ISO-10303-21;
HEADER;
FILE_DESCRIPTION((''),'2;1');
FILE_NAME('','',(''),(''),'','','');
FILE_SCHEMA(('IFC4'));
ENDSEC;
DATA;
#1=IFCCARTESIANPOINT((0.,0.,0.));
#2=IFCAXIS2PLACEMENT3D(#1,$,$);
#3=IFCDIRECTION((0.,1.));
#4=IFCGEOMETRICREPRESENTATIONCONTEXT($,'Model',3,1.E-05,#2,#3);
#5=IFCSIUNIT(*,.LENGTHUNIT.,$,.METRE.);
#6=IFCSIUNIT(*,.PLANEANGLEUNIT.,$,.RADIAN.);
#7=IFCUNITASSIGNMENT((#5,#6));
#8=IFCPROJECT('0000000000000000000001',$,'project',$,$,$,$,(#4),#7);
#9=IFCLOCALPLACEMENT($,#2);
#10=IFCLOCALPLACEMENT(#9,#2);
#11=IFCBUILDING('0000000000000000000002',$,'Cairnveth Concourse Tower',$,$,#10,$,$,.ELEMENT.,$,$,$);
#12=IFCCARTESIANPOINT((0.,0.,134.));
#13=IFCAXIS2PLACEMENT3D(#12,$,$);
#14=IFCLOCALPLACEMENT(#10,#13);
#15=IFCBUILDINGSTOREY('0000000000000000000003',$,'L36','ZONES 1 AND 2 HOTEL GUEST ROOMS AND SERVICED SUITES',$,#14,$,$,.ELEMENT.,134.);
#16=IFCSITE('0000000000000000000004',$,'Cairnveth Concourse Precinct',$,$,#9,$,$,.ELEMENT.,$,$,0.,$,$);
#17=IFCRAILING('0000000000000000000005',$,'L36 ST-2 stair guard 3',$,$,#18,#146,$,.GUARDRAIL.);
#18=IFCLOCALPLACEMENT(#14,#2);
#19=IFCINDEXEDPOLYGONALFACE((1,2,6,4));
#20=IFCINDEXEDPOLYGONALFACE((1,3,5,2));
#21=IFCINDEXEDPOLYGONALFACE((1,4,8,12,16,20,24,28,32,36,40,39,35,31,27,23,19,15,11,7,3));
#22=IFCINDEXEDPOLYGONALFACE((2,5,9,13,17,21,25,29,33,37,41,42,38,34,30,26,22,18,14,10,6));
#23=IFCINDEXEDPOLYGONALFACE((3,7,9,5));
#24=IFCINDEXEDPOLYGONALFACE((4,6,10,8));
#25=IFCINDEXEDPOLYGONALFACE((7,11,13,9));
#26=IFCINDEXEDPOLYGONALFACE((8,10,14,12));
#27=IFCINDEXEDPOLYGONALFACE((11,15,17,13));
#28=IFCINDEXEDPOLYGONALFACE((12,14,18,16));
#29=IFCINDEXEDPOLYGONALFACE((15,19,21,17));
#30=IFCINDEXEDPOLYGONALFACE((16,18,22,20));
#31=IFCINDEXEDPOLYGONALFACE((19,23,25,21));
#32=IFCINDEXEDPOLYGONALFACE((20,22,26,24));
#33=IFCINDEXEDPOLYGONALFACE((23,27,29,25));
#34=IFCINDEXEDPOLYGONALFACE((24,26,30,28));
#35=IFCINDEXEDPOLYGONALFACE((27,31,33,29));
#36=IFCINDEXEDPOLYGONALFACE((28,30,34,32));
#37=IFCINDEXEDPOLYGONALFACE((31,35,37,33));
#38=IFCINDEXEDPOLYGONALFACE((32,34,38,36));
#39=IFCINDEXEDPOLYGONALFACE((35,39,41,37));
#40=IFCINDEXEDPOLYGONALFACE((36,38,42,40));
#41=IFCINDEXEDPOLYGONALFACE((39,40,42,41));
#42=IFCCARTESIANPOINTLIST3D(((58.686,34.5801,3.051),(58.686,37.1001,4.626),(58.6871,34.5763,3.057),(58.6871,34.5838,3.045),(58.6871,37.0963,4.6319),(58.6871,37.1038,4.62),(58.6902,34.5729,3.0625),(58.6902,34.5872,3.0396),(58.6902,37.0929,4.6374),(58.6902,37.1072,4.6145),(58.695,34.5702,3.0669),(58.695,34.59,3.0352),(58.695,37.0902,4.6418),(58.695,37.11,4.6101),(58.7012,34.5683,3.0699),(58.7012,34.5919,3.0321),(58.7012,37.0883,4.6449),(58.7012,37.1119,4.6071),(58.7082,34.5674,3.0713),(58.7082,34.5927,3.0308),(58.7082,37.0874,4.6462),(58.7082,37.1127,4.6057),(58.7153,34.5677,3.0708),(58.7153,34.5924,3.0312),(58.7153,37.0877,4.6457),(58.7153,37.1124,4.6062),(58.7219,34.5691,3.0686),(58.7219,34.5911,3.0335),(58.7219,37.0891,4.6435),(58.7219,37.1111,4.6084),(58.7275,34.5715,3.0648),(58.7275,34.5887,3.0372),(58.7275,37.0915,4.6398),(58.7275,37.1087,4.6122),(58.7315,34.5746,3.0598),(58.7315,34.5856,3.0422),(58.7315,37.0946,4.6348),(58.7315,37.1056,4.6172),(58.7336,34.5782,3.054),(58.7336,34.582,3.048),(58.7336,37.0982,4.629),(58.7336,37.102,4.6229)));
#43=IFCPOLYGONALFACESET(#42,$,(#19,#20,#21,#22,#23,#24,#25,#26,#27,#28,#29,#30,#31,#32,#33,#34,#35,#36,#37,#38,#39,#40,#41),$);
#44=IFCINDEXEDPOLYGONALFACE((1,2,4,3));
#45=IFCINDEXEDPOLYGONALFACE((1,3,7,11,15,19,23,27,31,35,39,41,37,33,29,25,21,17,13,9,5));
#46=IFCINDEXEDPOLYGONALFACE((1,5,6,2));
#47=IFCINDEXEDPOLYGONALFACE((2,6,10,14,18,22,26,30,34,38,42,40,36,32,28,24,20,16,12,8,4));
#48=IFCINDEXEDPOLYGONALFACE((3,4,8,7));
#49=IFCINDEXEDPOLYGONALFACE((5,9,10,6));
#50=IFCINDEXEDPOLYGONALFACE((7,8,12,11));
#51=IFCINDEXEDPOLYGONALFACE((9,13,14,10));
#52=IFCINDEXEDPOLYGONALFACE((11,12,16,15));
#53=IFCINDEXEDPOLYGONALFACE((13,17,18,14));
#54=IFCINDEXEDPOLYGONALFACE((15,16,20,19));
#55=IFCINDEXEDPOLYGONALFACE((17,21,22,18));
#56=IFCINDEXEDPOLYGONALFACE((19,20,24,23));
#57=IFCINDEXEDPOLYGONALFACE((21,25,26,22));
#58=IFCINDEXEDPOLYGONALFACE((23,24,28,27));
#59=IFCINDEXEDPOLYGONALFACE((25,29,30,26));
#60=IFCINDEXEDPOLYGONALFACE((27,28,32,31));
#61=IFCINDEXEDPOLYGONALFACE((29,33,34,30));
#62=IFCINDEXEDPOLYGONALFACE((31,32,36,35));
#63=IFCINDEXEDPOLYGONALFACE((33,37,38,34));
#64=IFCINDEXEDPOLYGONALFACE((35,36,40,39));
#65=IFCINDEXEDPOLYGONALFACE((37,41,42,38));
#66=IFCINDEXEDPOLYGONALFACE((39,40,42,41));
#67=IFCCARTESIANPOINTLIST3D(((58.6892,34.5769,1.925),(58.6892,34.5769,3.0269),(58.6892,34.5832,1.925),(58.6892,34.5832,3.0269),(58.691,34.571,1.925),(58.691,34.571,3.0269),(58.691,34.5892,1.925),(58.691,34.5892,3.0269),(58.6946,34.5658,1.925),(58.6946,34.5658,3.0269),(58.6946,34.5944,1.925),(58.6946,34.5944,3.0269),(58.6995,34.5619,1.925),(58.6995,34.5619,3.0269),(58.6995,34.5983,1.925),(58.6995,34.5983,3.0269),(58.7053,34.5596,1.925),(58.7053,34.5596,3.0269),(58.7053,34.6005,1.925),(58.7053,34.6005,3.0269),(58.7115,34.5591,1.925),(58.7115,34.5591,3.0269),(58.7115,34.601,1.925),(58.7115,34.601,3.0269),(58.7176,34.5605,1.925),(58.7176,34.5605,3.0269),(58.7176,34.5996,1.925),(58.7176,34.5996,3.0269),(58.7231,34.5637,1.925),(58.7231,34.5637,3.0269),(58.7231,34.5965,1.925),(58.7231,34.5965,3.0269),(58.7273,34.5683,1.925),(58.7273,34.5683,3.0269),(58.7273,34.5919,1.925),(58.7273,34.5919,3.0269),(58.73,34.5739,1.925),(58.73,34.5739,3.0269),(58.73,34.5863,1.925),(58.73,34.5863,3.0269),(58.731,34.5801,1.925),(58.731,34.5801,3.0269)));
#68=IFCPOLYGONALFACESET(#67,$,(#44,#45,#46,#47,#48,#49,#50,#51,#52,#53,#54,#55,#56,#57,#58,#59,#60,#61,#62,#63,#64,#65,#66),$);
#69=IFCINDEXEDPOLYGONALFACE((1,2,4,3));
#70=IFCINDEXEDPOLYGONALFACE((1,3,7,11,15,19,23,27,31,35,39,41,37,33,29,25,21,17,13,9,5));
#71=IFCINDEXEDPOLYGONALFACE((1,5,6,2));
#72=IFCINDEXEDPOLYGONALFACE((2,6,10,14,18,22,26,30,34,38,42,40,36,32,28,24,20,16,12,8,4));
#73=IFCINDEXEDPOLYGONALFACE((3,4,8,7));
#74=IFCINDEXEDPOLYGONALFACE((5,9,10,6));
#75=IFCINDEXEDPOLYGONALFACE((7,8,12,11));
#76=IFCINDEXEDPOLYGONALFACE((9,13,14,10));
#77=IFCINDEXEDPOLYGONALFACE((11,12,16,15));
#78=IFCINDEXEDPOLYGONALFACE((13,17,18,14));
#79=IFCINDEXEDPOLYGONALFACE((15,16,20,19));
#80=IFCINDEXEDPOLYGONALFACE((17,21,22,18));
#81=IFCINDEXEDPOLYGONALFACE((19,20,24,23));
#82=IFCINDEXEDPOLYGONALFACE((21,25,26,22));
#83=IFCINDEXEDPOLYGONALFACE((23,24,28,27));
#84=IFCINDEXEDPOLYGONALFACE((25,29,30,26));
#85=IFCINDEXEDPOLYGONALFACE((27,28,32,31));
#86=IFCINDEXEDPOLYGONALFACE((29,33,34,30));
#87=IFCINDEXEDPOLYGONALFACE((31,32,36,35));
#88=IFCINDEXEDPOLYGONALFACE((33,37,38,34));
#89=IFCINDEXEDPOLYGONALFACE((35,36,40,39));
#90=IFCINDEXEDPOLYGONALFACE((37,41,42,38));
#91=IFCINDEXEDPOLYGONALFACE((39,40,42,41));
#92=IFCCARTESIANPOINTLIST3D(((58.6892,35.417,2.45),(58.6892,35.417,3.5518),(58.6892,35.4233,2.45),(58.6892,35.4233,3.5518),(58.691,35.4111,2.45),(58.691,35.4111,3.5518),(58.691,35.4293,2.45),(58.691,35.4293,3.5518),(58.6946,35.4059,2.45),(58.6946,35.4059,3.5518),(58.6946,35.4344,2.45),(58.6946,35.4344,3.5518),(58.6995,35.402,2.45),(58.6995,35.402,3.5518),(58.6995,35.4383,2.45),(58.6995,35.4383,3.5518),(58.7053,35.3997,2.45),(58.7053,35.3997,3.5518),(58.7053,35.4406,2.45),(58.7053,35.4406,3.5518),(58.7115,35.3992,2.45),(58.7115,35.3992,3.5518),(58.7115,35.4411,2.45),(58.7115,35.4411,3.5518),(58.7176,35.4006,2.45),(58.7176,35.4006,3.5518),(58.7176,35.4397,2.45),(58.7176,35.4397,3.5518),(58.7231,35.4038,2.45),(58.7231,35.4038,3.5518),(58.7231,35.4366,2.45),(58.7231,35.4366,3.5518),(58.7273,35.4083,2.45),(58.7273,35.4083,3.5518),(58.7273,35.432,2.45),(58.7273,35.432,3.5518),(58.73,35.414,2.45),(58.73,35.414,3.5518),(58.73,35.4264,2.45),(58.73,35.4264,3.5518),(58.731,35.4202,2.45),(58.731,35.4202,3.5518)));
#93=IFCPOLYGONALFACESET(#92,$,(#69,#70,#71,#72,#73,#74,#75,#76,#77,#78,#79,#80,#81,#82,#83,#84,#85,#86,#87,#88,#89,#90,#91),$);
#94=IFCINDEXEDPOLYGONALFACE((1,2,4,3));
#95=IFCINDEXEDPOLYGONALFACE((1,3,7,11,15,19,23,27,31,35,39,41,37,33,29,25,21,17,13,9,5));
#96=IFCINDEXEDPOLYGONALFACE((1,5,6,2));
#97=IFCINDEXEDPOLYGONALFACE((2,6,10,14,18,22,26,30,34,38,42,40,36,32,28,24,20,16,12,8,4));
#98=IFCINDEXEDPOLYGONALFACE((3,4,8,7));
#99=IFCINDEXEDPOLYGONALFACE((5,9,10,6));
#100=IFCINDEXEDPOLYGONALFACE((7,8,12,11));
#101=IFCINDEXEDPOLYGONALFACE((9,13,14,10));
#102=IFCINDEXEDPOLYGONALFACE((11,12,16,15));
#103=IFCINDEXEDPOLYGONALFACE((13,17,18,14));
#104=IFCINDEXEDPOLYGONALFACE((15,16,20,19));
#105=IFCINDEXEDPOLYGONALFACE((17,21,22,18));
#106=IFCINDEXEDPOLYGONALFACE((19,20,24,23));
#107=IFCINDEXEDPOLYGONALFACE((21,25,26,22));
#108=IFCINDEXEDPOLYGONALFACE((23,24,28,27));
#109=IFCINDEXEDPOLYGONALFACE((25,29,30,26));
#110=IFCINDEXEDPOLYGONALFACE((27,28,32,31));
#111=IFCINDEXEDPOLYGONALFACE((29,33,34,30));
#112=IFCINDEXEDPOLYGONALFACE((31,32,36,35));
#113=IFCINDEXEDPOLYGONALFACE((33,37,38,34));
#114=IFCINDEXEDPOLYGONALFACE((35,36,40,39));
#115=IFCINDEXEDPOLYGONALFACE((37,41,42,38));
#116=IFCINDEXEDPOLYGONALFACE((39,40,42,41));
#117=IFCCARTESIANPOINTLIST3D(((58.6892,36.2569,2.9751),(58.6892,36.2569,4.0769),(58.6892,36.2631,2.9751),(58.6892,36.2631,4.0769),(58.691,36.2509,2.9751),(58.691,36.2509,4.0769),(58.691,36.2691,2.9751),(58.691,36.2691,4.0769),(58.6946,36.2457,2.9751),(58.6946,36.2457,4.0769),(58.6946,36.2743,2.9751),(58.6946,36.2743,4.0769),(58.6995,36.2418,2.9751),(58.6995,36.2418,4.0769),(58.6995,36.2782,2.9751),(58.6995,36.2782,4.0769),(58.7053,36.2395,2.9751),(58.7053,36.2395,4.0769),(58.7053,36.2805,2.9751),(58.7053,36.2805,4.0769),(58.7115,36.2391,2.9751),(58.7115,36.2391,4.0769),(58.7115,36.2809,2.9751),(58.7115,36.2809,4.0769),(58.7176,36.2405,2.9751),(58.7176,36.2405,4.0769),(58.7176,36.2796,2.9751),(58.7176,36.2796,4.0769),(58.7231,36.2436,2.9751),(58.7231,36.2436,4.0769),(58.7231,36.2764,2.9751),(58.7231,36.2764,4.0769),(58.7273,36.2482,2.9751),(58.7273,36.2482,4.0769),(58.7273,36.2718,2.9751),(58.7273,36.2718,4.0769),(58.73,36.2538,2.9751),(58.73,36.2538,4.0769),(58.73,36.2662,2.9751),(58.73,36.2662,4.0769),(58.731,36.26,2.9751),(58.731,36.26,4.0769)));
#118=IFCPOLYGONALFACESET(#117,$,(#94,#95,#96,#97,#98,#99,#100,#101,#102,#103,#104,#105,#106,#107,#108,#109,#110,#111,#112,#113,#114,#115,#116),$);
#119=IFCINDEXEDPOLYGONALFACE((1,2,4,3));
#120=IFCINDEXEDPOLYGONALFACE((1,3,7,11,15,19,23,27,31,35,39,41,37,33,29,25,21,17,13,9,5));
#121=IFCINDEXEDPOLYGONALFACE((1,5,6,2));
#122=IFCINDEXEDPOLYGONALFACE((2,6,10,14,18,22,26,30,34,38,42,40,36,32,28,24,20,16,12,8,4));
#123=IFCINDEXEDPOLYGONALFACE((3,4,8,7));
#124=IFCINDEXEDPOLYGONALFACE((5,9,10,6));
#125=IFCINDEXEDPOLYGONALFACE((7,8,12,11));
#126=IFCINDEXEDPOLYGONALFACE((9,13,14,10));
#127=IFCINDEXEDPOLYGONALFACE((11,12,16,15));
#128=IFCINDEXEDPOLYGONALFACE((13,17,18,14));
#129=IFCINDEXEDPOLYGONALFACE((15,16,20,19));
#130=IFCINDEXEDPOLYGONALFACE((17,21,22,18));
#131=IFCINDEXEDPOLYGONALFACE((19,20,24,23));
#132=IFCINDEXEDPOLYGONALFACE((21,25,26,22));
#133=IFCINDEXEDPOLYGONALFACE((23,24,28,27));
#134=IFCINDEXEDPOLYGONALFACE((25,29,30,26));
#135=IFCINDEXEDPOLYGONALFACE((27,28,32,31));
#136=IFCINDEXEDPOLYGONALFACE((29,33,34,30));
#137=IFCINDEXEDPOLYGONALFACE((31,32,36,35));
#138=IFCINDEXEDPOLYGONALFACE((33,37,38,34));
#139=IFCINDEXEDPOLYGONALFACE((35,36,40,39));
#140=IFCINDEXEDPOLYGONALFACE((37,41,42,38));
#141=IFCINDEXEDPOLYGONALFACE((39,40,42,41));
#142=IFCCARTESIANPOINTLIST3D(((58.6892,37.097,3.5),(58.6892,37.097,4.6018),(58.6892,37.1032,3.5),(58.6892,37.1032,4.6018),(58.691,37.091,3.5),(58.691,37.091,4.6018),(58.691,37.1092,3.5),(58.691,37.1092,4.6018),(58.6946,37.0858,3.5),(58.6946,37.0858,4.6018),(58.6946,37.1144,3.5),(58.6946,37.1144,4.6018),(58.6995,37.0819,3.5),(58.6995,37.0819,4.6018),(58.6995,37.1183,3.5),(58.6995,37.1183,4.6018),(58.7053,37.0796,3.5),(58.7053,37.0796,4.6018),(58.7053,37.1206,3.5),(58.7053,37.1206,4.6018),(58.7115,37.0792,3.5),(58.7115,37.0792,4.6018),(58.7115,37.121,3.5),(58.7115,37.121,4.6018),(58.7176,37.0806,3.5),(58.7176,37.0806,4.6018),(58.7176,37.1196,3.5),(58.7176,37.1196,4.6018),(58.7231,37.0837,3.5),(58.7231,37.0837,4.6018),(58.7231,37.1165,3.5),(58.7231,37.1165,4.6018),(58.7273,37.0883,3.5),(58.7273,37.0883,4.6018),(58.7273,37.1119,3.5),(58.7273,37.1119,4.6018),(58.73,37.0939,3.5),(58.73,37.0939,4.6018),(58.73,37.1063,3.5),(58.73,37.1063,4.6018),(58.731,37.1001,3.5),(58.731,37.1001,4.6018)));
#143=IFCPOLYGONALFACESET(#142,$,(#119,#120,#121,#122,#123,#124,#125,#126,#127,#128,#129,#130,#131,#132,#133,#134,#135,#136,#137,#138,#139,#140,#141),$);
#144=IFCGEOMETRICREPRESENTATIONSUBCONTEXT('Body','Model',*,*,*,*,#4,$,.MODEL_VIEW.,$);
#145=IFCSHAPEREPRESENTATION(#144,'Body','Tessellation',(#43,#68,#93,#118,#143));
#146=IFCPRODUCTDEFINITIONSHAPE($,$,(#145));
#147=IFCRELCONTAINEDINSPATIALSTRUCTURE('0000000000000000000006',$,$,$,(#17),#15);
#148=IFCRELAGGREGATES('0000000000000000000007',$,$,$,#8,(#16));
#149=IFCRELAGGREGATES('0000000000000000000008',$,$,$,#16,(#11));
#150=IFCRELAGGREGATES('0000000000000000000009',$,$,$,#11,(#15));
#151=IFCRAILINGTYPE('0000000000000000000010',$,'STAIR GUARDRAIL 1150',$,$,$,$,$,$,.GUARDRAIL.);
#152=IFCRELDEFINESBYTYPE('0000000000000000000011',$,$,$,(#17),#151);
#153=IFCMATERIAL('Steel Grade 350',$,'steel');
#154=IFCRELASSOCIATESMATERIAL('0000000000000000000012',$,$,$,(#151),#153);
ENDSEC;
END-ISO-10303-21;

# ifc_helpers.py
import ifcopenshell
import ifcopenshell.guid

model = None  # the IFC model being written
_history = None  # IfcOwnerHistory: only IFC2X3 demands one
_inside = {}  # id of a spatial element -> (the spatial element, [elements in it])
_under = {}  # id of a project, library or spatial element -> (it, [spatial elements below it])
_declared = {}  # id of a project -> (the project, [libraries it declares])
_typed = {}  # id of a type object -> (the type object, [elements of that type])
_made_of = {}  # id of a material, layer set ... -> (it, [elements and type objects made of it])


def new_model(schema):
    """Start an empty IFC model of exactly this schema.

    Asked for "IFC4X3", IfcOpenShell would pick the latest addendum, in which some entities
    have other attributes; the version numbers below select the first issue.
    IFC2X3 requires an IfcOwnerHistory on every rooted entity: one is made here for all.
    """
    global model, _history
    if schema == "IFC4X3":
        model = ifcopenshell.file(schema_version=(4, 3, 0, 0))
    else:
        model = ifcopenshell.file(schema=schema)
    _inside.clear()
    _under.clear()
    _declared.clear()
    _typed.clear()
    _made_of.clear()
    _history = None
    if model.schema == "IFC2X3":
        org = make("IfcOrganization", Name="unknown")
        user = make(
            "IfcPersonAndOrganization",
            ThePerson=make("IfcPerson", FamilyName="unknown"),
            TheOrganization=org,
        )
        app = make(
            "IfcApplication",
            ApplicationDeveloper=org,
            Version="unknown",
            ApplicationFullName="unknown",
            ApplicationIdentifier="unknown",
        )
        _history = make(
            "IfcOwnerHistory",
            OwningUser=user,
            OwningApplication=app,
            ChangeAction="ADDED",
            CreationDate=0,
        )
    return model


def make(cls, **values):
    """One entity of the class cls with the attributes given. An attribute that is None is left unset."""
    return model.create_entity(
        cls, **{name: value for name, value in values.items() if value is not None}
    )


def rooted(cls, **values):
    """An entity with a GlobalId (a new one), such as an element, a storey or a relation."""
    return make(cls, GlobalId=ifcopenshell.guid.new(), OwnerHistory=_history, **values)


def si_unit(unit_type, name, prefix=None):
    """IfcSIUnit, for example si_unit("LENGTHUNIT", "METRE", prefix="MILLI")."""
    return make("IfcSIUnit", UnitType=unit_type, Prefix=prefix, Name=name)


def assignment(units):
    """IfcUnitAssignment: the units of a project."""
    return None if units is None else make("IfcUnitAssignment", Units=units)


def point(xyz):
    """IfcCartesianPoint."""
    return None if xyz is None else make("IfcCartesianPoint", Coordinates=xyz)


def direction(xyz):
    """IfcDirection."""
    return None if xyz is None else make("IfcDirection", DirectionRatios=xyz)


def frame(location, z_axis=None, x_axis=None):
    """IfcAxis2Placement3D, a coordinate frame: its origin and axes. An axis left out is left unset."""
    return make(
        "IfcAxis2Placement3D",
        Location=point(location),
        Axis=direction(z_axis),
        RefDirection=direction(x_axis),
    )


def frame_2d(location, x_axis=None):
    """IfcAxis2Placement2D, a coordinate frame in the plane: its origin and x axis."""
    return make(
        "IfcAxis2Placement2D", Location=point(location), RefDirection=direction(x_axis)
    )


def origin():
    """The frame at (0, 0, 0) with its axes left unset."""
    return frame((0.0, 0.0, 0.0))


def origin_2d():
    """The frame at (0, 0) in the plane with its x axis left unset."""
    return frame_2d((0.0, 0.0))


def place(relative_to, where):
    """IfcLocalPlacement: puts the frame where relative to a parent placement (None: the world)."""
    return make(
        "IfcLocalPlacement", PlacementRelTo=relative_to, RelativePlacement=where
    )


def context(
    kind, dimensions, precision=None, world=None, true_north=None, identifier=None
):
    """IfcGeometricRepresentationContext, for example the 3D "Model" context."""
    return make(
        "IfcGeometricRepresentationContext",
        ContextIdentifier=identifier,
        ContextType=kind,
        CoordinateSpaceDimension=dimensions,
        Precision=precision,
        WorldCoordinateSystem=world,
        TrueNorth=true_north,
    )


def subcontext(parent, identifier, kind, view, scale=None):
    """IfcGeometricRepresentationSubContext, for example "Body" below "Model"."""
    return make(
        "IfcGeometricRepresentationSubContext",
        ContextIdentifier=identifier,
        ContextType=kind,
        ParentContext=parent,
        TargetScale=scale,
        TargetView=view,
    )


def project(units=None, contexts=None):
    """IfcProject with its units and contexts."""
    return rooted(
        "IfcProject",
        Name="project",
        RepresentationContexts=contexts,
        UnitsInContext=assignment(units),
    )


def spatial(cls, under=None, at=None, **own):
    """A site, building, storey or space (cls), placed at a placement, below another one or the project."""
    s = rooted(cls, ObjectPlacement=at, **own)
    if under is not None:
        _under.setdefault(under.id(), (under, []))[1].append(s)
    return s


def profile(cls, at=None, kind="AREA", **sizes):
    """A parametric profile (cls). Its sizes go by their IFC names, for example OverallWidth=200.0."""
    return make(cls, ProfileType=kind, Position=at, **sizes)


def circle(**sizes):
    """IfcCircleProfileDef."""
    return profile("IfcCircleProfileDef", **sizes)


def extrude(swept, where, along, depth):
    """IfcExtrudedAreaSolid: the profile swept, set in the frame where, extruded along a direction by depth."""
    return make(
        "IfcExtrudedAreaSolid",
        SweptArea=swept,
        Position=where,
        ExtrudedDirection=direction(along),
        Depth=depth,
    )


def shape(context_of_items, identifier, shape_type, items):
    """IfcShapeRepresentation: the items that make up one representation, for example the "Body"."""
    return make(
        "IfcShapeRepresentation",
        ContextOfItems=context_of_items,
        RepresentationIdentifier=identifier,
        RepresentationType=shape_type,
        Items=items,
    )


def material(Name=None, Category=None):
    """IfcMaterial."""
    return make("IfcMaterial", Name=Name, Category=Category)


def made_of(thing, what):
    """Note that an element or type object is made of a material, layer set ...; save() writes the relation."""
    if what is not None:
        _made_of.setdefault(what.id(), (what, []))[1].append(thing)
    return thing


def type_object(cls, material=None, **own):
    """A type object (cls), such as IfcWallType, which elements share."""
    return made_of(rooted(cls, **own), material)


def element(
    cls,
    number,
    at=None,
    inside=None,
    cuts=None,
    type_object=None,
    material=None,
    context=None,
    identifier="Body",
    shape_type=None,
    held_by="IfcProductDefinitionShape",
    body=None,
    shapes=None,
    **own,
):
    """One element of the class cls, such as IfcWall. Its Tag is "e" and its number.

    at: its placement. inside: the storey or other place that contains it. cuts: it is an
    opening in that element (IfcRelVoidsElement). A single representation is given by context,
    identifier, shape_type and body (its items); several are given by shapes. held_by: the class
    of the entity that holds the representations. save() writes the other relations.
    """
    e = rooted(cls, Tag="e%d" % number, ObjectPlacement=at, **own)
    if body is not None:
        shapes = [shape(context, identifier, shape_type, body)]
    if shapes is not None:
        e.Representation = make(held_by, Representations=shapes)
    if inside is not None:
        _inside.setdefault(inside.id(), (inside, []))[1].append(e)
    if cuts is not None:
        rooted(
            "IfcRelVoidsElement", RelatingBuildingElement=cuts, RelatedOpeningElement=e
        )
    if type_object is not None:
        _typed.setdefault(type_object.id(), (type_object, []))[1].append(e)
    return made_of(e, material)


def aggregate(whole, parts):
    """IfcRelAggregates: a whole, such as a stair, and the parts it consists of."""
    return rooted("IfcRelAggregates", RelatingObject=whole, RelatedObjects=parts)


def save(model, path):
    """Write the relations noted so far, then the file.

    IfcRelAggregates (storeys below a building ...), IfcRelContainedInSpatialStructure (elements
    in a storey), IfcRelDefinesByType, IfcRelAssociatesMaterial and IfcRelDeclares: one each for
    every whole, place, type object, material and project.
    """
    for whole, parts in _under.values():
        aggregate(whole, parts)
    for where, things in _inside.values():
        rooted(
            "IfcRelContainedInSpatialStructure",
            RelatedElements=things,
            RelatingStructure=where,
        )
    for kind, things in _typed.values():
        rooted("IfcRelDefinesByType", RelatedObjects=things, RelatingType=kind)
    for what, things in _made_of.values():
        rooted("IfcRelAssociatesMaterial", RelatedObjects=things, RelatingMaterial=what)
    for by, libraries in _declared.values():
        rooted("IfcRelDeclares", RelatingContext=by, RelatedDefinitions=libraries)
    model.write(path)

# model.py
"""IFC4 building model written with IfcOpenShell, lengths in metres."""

from ifc_helpers import new_model, si_unit, direction, frame, origin, origin_2d, place, context, subcontext, project, spatial, circle, extrude, material, type_object, element, save


model = new_model("IFC4")

# Units and contexts
model_context = context("Model", 3, precision=1e-05, world=origin(), true_north=direction((0.0, 1.0)))
body_context = subcontext(model_context, "Body", "Model", "MODEL_VIEW")
ifc_project = project(units=[si_unit("LENGTHUNIT", "METRE"), si_unit("PLANEANGLEUNIT", "RADIAN")], contexts=[model_context])

# Site, building, storey
site_placement = place(None, origin())
site = spatial("IfcSite", under=ifc_project, at=site_placement, Name="Cairnveth Concourse Precinct", CompositionType="ELEMENT", RefElevation=0.0)
building_placement = place(site_placement, origin())
building = spatial("IfcBuilding", under=site, at=building_placement, Name="Cairnveth Concourse Tower", CompositionType="ELEMENT")
storey_placement = place(building_placement, frame((0.0, 0.0, 134.0)))
storey = spatial("IfcBuildingStorey", under=building, at=storey_placement, Name="L36", Description="ZONES 1 AND 2 HOTEL GUEST ROOMS AND SERVICED SUITES", CompositionType="ELEMENT", Elevation=134.0)

# Shared definitions
ifc_material_1 = material(Name="Steel Grade 350", Category="steel")

# Railing
railing_type_1 = type_object("IfcRailingType", Name="STAIR GUARDRAIL 1150", PredefinedType="GUARDRAIL", material=ifc_material_1)
railing_1_placement = place(storey_placement, frame((58.71, 34.5801, 1.925)))
element("IfcRailing", 1, at=railing_1_placement, inside=storey, type_object=railing_type_1, Name="L36 ST-2 stair guard 3", PredefinedType="GUARDRAIL", context=body_context, shape_type="SweptSolid", body=[
    extrude(circle(Radius=0.0239, at=origin_2d()), frame((0.0, 0.0, 1.126), z_axis=(0.0, 0.848008, 0.529984), x_axis=(-1.0, 0.0, 0.0)), (0.0, 0.0, 1.0), 2.9717),
    extrude(circle(Radius=0.021, at=origin_2d()), origin(), (0.0, 0.0, 1.0), 1.1018),
    extrude(circle(Radius=0.021, at=origin_2d()), frame((0.0, 0.8401, 0.5249)), (0.0, 0.0, 1.0), 1.1018),
    extrude(circle(Radius=0.021, at=origin_2d()), frame((0.0, 1.6799, 1.05)), (0.0, 0.0, 1.0), 1.1018),
    extrude(circle(Radius=0.021, at=origin_2d()), frame((0.0, 2.52, 1.575)), (0.0, 0.0, 1.0), 1.1018),
])

save(model, "model.ifc")
